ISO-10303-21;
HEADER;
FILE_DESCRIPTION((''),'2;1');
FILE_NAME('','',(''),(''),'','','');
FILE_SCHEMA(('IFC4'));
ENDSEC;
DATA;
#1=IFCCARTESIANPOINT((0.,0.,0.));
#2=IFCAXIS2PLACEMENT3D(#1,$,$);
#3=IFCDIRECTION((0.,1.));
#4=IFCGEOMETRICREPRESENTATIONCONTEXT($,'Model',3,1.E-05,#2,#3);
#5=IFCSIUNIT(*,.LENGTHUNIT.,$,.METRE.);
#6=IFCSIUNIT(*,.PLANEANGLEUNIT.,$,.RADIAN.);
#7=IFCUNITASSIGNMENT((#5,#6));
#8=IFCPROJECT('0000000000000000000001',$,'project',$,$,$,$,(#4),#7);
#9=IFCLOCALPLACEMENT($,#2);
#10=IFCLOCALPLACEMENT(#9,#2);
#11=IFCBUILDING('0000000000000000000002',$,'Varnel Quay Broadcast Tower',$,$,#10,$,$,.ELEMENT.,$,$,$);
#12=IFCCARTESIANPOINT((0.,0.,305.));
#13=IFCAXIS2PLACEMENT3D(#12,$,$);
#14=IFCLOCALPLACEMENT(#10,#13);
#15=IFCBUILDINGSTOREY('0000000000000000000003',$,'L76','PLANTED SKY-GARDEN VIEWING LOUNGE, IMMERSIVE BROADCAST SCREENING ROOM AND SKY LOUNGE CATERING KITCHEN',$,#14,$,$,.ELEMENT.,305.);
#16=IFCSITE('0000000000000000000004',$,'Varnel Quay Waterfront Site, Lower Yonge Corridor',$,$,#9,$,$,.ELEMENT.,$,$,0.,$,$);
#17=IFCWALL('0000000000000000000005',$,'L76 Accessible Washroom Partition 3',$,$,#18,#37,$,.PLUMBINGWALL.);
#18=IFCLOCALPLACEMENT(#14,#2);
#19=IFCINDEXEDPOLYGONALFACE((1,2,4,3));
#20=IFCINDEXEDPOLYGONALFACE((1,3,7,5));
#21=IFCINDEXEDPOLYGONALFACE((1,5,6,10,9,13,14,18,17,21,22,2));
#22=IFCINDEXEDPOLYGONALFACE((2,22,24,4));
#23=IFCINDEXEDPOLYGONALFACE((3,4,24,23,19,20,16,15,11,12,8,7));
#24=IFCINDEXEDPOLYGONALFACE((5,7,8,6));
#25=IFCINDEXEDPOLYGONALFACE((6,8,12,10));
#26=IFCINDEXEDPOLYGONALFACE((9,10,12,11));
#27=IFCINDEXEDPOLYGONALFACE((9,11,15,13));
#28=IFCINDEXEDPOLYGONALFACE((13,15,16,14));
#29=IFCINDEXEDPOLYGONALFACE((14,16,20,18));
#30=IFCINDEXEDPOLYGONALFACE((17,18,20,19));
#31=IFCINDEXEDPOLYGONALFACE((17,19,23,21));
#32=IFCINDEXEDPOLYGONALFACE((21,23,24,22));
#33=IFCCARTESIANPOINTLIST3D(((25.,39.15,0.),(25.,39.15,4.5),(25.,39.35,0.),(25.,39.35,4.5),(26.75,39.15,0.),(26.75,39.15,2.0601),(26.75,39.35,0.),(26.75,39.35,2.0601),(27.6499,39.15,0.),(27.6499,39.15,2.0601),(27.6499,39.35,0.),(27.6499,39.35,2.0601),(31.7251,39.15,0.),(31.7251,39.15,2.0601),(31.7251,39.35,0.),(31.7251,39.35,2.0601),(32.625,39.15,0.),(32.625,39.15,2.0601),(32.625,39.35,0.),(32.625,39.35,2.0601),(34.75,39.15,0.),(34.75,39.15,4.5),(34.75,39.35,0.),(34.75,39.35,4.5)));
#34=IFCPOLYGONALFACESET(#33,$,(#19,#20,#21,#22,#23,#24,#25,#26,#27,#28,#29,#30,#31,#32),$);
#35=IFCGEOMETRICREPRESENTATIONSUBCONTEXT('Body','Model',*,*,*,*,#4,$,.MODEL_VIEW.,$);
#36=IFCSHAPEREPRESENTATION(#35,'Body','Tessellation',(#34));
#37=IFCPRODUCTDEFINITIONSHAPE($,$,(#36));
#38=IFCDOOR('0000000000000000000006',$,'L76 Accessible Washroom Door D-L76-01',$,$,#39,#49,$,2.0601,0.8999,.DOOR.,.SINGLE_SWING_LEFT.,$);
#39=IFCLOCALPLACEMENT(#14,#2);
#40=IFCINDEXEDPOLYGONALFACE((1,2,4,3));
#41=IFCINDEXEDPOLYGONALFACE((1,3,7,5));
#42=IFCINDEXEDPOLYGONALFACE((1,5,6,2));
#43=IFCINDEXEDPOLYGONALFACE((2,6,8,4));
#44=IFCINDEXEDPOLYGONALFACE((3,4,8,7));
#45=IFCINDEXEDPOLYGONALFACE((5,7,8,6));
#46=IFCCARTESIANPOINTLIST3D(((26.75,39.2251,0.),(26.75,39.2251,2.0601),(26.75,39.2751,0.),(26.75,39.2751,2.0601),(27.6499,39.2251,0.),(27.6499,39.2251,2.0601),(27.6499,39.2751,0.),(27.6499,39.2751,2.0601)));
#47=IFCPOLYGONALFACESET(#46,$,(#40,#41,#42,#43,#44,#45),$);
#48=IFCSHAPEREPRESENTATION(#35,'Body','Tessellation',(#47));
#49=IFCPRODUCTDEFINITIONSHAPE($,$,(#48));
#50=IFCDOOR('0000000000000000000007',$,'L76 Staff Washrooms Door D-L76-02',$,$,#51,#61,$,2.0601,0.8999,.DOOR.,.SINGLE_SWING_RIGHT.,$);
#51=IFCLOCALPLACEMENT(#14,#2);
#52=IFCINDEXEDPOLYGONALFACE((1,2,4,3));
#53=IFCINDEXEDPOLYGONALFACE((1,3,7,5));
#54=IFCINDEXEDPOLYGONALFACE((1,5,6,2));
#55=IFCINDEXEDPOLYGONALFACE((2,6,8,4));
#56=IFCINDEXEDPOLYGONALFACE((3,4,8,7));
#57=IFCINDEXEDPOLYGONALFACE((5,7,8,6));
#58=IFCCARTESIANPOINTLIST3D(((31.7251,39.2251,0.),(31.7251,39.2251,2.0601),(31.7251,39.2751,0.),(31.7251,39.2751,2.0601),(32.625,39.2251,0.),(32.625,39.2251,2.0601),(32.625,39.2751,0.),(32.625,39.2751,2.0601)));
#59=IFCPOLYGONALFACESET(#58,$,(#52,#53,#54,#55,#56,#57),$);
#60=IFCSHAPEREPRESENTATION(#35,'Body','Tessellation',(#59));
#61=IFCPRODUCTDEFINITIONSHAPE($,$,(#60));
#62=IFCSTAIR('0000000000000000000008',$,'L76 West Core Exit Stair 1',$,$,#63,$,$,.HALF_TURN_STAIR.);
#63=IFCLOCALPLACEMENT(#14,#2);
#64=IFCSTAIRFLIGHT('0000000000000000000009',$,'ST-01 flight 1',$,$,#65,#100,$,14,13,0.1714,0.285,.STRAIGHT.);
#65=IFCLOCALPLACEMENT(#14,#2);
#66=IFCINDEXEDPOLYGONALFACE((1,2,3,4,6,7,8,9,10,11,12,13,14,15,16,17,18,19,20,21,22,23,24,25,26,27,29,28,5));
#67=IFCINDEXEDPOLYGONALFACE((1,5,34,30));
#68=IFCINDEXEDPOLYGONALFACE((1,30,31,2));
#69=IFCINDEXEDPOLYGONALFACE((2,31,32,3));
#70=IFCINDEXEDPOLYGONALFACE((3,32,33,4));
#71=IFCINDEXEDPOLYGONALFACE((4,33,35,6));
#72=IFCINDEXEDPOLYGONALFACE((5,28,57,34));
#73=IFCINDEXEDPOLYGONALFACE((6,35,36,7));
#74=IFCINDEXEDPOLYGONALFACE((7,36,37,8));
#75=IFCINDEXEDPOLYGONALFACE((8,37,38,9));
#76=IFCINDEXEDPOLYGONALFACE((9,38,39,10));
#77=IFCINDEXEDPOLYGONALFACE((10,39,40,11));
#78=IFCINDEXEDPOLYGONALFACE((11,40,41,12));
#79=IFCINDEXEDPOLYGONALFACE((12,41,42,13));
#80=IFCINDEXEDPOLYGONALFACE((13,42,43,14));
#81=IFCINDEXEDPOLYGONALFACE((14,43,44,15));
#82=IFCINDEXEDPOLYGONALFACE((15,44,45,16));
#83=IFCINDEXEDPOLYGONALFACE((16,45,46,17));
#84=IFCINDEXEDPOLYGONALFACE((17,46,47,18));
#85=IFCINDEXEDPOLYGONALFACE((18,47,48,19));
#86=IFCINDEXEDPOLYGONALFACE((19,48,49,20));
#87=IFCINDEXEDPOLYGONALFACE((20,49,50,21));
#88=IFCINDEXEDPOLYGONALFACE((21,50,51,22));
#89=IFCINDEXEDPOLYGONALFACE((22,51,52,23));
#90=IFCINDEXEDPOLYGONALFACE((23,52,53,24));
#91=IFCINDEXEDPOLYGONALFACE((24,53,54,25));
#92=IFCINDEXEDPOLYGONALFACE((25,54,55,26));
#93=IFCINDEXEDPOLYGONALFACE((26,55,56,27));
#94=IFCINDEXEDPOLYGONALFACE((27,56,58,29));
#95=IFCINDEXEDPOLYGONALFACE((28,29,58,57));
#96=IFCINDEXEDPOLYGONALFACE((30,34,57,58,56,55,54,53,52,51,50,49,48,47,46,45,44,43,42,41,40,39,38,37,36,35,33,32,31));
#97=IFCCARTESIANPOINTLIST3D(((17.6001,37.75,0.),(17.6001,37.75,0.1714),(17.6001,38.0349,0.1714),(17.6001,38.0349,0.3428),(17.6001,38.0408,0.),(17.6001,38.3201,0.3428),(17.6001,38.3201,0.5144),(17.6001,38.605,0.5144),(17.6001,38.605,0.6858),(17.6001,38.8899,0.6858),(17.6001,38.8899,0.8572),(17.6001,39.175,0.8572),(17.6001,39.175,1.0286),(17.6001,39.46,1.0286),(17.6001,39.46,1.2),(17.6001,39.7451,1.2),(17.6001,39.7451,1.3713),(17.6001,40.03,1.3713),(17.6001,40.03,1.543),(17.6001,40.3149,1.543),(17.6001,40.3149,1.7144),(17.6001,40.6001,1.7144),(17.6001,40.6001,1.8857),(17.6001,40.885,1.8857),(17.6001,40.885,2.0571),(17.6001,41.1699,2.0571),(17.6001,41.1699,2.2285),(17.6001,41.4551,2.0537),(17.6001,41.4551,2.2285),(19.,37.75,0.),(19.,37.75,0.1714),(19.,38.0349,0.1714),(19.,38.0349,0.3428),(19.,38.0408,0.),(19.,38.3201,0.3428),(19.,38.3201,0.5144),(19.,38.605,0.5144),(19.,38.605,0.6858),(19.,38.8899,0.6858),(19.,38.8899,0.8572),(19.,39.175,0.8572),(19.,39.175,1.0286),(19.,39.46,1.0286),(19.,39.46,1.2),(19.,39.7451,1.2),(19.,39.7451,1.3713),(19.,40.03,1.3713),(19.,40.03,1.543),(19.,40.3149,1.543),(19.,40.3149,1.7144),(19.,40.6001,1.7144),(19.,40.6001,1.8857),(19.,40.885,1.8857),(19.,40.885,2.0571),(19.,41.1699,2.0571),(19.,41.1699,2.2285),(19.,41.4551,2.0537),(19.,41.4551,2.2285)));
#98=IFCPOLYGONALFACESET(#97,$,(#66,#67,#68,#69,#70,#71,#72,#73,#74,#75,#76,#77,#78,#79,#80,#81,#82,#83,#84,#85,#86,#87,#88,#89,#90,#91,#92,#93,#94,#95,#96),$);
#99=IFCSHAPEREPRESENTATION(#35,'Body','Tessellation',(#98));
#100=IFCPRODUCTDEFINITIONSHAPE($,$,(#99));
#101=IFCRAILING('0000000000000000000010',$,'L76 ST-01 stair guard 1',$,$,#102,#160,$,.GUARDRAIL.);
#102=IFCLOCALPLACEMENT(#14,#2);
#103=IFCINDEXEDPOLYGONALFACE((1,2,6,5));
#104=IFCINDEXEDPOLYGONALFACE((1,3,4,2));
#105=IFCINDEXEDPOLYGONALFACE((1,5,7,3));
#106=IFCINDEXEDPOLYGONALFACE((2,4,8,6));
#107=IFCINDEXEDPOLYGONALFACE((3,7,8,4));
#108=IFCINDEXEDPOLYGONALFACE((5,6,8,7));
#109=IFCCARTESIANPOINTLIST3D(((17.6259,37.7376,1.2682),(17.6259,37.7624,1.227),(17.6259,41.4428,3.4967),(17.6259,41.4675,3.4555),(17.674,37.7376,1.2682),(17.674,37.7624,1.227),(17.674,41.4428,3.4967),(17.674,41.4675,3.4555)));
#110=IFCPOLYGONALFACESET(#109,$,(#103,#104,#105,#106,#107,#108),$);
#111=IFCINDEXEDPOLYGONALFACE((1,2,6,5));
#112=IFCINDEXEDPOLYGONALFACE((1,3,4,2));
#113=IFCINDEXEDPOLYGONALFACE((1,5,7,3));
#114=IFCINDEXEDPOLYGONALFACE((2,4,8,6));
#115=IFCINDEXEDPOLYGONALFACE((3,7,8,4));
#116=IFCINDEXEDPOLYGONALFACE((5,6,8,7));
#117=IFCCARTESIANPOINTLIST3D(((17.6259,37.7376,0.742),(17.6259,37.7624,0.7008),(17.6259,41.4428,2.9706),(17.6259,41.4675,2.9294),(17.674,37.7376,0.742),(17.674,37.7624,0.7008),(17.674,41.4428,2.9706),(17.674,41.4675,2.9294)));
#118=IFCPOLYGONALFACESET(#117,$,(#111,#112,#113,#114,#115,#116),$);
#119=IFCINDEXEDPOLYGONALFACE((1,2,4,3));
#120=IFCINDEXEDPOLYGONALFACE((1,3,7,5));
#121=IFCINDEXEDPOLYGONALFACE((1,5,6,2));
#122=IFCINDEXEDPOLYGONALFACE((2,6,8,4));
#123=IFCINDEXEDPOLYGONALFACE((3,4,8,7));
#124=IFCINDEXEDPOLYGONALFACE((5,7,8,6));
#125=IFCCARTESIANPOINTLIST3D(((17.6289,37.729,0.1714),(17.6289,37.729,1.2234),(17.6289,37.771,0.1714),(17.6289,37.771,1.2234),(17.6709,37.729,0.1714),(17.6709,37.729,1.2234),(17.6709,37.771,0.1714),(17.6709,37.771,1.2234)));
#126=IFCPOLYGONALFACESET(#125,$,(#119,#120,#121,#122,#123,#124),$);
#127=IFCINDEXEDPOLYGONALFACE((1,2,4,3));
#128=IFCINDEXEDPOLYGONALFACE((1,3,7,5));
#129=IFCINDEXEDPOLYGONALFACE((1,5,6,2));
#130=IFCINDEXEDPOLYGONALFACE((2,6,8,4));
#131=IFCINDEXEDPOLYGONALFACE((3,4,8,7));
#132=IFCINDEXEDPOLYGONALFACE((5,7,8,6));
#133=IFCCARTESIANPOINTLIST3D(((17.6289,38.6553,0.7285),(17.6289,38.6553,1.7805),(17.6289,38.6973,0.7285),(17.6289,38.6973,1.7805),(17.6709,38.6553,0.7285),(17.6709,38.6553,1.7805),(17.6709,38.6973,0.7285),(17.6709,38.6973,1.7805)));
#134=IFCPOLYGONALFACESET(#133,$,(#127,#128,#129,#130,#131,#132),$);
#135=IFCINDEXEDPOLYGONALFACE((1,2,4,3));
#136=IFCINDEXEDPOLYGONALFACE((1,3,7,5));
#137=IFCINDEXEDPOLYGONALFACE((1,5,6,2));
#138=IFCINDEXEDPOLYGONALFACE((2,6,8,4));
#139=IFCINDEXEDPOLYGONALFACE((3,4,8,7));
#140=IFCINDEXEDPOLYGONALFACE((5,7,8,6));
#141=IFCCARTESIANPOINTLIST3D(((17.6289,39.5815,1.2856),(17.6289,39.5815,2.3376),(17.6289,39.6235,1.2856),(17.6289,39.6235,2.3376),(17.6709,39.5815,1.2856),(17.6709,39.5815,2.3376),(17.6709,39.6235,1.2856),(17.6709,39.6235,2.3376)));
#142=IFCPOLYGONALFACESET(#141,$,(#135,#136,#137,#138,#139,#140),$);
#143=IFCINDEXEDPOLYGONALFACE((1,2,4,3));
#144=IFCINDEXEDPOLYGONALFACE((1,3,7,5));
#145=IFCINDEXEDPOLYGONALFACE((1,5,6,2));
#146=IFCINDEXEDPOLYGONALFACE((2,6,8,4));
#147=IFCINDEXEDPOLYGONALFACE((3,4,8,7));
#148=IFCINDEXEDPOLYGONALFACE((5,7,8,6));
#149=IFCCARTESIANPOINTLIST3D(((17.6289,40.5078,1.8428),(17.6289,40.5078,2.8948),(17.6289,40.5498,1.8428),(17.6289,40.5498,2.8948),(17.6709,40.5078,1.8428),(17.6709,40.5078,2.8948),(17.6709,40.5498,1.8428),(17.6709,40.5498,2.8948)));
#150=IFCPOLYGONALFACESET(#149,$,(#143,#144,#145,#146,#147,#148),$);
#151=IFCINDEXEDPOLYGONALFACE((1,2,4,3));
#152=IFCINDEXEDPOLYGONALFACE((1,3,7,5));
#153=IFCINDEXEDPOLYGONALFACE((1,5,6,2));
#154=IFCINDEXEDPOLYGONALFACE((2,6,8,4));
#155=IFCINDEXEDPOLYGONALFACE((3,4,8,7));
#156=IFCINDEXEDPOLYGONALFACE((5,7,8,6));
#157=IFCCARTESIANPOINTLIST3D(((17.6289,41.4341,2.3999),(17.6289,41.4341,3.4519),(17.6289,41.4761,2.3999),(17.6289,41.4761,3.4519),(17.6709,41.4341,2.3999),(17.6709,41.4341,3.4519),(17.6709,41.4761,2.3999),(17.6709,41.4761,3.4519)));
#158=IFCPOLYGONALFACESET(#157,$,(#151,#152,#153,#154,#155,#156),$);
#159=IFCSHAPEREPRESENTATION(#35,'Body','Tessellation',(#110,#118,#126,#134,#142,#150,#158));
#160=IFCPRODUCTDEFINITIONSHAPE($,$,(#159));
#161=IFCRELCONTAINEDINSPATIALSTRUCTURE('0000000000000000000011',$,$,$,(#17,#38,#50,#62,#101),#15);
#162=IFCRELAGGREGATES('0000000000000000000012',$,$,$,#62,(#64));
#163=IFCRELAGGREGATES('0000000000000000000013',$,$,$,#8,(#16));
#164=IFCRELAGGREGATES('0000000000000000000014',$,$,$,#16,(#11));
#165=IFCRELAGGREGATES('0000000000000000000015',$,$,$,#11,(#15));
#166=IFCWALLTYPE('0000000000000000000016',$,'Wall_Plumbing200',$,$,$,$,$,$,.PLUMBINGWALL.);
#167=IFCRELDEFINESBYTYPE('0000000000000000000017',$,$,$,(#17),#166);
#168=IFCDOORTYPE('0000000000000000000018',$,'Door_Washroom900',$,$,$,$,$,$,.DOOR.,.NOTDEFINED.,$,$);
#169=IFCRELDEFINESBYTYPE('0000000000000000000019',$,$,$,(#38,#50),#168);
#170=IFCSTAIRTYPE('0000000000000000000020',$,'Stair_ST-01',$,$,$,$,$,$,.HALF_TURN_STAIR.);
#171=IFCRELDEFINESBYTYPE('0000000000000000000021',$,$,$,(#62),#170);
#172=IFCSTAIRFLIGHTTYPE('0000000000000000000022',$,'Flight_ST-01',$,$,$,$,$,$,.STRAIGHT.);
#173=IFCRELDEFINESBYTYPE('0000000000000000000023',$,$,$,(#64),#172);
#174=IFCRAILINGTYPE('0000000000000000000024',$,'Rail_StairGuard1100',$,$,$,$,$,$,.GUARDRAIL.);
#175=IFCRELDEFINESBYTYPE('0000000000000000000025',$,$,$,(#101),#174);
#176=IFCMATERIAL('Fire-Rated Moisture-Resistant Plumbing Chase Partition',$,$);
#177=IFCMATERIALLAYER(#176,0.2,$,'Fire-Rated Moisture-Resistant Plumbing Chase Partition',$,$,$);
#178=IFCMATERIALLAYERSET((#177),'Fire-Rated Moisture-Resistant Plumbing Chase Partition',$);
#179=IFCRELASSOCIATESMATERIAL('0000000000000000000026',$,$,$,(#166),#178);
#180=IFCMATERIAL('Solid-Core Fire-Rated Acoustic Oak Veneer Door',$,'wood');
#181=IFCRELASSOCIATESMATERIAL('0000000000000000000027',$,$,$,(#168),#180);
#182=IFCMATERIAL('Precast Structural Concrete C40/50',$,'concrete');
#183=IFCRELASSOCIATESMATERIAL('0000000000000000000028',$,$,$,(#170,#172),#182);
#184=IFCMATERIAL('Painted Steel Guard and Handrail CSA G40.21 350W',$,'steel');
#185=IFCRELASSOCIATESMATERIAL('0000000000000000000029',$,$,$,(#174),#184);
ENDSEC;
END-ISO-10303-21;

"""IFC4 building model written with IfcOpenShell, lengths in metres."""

from ifc_helpers import new_model, si_unit, direction, frame, frame_2d, origin, origin_2d, place, context, subcontext, project, spatial, polyline, rectangle, outline, extrude, source, transform, mapped, material, layer, layer_set, type_object, type_shapes, element, fill, aggregate, save


model = new_model("IFC4")

# Units and contexts
model_context = context("Model", 3, precision=1e-05, world=origin(), true_north=direction((0.0, 1.0)))
body_context = subcontext(model_context, "Body", "Model", "MODEL_VIEW")
ifc_project = project(units=[si_unit("LENGTHUNIT", "METRE"), si_unit("PLANEANGLEUNIT", "RADIAN")], contexts=[model_context])

# Site, building, storey
site_placement = place(None, origin())
site = spatial("IfcSite", under=ifc_project, at=site_placement, Name="Varnel Quay Waterfront Site, Lower Yonge Corridor", CompositionType="ELEMENT", RefElevation=0.0)
building_placement = place(site_placement, origin())
building = spatial("IfcBuilding", under=site, at=building_placement, Name="Varnel Quay Broadcast Tower", CompositionType="ELEMENT")
storey_placement = place(building_placement, frame((0.0, 0.0, 305.0)))
storey = spatial("IfcBuildingStorey", under=building, at=storey_placement, Name="L76", Description="PLANTED SKY-GARDEN VIEWING LOUNGE, IMMERSIVE BROADCAST SCREENING ROOM AND SKY LOUNGE CATERING KITCHEN", CompositionType="ELEMENT", Elevation=305.0)

# Shared definitions
ifc_material_1 = material(Name="Solid-Core Fire-Rated Acoustic Oak Veneer Door", Category="wood")

# Shared definitions
ifc_material_2 = material(Name="Fire-Rated Moisture-Resistant Plumbing Chase Partition")
ifc_layer_1 = layer(ifc_material_2, 0.2, Name="Fire-Rated Moisture-Resistant Plumbing Chase Partition")
ifc_layer_set_1 = layer_set([ifc_layer_1], Name="Fire-Rated Moisture-Resistant Plumbing Chase Partition")
wall_type_1 = type_object("IfcWallType", Name="Wall_Plumbing200", PredefinedType="PLUMBINGWALL", material=ifc_layer_set_1)

# Wall, openings, doors
wall_1_placement = place(storey_placement, frame((25.0, 39.25, 0.0), z_axis=(0.0, 0.0, 1.0), x_axis=(1.0, 0.0, 0.0)))
wall_1 = element("IfcWall", 1, at=wall_1_placement, inside=storey, type_object=wall_type_1, Name="L76 Accessible Washroom Partition 3", PredefinedType="PLUMBINGWALL", context=body_context, shape_type="SweptSolid", body=[
    extrude(rectangle(XDim=9.75, YDim=0.2, at=frame_2d((4.875, 0.0))), origin(), (0.0, 0.0, 1.0), 4.5),
])
opening_1_placement = place(wall_1_placement, frame((1.75, 0.0, 0.0)))
opening_1 = element("IfcOpeningElement", 2, at=opening_1_placement, cuts=wall_1, PredefinedType="OPENING", context=body_context, shape_type="SweptSolid", body=[
    extrude(rectangle(XDim=0.8999, YDim=2.0601, at=frame_2d((0.45, 1.03))), frame((0.0, 0.1099, 0.0), z_axis=(0.0, -1.0, 0.0), x_axis=(1.0, 0.0, 0.0)), (0.0, 0.0, 1.0), 0.22),
])
opening_2_placement = place(wall_1_placement, frame((6.7251, 0.0, 0.0)))
opening_2 = element("IfcOpeningElement", 3, at=opening_2_placement, cuts=wall_1, PredefinedType="OPENING", context=body_context, shape_type="SweptSolid", body=[
    extrude(rectangle(XDim=0.8999, YDim=2.0601, at=frame_2d((0.45, 1.03))), frame((0.0, 0.1099, 0.0), z_axis=(0.0, -1.0, 0.0), x_axis=(1.0, 0.0, 0.0)), (0.0, 0.0, 1.0), 0.22),
])
door_type_1 = type_object("IfcDoorType", Name="Door_Washroom900", OperationType="NOTDEFINED", PredefinedType="DOOR", material=ifc_material_1)
shared_shape_1 = source(origin(), body_context, "Body", "SweptSolid", [
    extrude(rectangle(XDim=0.8999, YDim=2.0601, at=frame_2d((0.45, 1.03))), frame((0.0, 0.0249, 0.0), z_axis=(0.0, -1.0, 0.0), x_axis=(1.0, 0.0, 0.0)), (0.0, 0.0, 1.0), 0.05),
])
type_shapes(door_type_1, [shared_shape_1])
door_1_placement = place(opening_1_placement, frame((0.8999, 0.0, 0.0), z_axis=(0.0, 0.0, 1.0), x_axis=(-1.0, 0.0, 0.0)))
door_1 = element("IfcDoor", 4, at=door_1_placement, inside=storey, type_object=door_type_1, Name="L76 Accessible Washroom Door D-L76-01", OperationType="SINGLE_SWING_LEFT", OverallHeight=2.0601, OverallWidth=0.8999, PredefinedType="DOOR", context=body_context, shape_type="MappedRepresentation", body=[
    mapped(shared_shape_1, transform((0.0, 0.0, 0.0), x_axis=(1.0, 0.0, 0.0), y_axis=(0.0, 1.0, 0.0), z_axis=(0.0, 0.0, 1.0), scale=1.0)),
])
fill(opening_1, door_1)
door_2_placement = place(opening_2_placement, frame((0.8999, 0.0, 0.0), z_axis=(0.0, 0.0, 1.0), x_axis=(-1.0, 0.0, 0.0)))
door_2 = element("IfcDoor", 5, at=door_2_placement, inside=storey, type_object=door_type_1, Name="L76 Staff Washrooms Door D-L76-02", OperationType="SINGLE_SWING_RIGHT", OverallHeight=2.0601, OverallWidth=0.8999, PredefinedType="DOOR", context=body_context, shape_type="MappedRepresentation", body=[
    mapped(shared_shape_1, transform((0.0, 0.0, 0.0), x_axis=(1.0, 0.0, 0.0), y_axis=(0.0, 1.0, 0.0), z_axis=(0.0, 0.0, 1.0), scale=1.0)),
])
fill(opening_2, door_2)

# Stair, stair flight
ifc_material_3 = material(Name="Precast Structural Concrete C40/50", Category="concrete")
stair_type = type_object("IfcStairType", Name="Stair_ST-01", PredefinedType="HALF_TURN_STAIR", material=ifc_material_3)
stair_placement = place(storey_placement, origin())
stair = element("IfcStair", 6, at=stair_placement, inside=storey, type_object=stair_type, Name="L76 West Core Exit Stair 1", PredefinedType="HALF_TURN_STAIR")
stair_flight_type = type_object("IfcStairFlightType", Name="Flight_ST-01", PredefinedType="STRAIGHT", material=ifc_material_3)
stair_flight_placement = place(storey_placement, frame((18.3, 37.75, 0.0), z_axis=(0.0, 0.0, 1.0), x_axis=(0.0, 1.0, 0.0)))
stair_flight = element("IfcStairFlight", 7, at=stair_flight_placement, type_object=stair_flight_type, Name="ST-01 flight 1", NumberOfRisers=14, NumberOfTreads=13, PredefinedType="STRAIGHT", RiserHeight=0.1714, TreadLength=0.285, context=body_context, shape_type="SweptSolid", body=[
    extrude(outline(polyline([(0.0, 0.0), (0.0, 0.1714), (0.2849, 0.1714), (0.2849, 0.3428), (0.5701, 0.3428), (0.5701, 0.5144), (0.855, 0.5144), (0.855, 0.6858), (1.1399, 0.6858), (1.1399, 0.8572), (1.425, 0.8572), (1.425, 1.0286), (1.71, 1.0286), (1.71, 1.2), (1.9951, 1.2), (1.9951, 1.3713), (2.28, 1.3713), (2.28, 1.543), (2.5649, 1.543), (2.5649, 1.7144), (2.8501, 1.7144), (2.8501, 1.8857), (3.135, 1.8857), (3.135, 2.0571), (3.4199, 2.0571), (3.4199, 2.2285), (3.7051, 2.2285), (3.7051, 2.3999), (3.7051, 2.0537), (0.2908, 0.0), (0.0, 0.0)])), frame((0.0, 0.7, 0.0), z_axis=(0.0, -1.0, 0.0), x_axis=(1.0, 0.0, 0.0)), (0.0, 0.0, 1.0), 1.3999),
])
aggregate(stair, [stair_flight])

# Railing
ifc_material_4 = material(Name="Painted Steel Guard and Handrail CSA G40.21 350W", Category="steel")
railing_type_1 = type_object("IfcRailingType", Name="Rail_StairGuard1100", PredefinedType="GUARDRAIL", material=ifc_material_4)
railing_1_placement = place(storey_placement, frame((17.6499, 37.75, 0.1714)))
element("IfcRailing", 8, at=railing_1_placement, inside=storey, type_object=railing_type_1, Name="L76 ST-01 stair guard 1", PredefinedType="GUARDRAIL", context=body_context, shape_type="SweptSolid", body=[
    extrude(rectangle(XDim=0.0481, YDim=0.0481, at=origin_2d()), frame((0.0, 0.0, 1.0762), z_axis=(0.0, 0.856934, 0.515425), x_axis=(-1.0, 0.0, 0.0)), (0.0, 0.0, 1.0), 4.3237),
    extrude(rectangle(XDim=0.0481, YDim=0.0481, at=origin_2d()), frame((0.0, 0.0, 0.55), z_axis=(0.0, 0.856934, 0.515425), x_axis=(-1.0, 0.0, 0.0)), (0.0, 0.0, 1.0), 4.3237),
    extrude(rectangle(XDim=0.042, YDim=0.042, at=origin_2d()), origin(), (0.0, 0.0, 1.0), 1.052),
    extrude(rectangle(XDim=0.042, YDim=0.042, at=origin_2d()), frame((0.0, 0.9263, 0.5571)), (0.0, 0.0, 1.0), 1.052),
    extrude(rectangle(XDim=0.042, YDim=0.042, at=origin_2d()), frame((0.0, 1.8525, 1.1143)), (0.0, 0.0, 1.0), 1.052),
    extrude(rectangle(XDim=0.042, YDim=0.042, at=origin_2d()), frame((0.0, 2.7788, 1.6714)), (0.0, 0.0, 1.0), 1.052),
    extrude(rectangle(XDim=0.042, YDim=0.042, at=origin_2d()), frame((0.0, 3.7051, 2.2285)), (0.0, 0.0, 1.0), 1.052),
])

save(model, "model.ifc")
